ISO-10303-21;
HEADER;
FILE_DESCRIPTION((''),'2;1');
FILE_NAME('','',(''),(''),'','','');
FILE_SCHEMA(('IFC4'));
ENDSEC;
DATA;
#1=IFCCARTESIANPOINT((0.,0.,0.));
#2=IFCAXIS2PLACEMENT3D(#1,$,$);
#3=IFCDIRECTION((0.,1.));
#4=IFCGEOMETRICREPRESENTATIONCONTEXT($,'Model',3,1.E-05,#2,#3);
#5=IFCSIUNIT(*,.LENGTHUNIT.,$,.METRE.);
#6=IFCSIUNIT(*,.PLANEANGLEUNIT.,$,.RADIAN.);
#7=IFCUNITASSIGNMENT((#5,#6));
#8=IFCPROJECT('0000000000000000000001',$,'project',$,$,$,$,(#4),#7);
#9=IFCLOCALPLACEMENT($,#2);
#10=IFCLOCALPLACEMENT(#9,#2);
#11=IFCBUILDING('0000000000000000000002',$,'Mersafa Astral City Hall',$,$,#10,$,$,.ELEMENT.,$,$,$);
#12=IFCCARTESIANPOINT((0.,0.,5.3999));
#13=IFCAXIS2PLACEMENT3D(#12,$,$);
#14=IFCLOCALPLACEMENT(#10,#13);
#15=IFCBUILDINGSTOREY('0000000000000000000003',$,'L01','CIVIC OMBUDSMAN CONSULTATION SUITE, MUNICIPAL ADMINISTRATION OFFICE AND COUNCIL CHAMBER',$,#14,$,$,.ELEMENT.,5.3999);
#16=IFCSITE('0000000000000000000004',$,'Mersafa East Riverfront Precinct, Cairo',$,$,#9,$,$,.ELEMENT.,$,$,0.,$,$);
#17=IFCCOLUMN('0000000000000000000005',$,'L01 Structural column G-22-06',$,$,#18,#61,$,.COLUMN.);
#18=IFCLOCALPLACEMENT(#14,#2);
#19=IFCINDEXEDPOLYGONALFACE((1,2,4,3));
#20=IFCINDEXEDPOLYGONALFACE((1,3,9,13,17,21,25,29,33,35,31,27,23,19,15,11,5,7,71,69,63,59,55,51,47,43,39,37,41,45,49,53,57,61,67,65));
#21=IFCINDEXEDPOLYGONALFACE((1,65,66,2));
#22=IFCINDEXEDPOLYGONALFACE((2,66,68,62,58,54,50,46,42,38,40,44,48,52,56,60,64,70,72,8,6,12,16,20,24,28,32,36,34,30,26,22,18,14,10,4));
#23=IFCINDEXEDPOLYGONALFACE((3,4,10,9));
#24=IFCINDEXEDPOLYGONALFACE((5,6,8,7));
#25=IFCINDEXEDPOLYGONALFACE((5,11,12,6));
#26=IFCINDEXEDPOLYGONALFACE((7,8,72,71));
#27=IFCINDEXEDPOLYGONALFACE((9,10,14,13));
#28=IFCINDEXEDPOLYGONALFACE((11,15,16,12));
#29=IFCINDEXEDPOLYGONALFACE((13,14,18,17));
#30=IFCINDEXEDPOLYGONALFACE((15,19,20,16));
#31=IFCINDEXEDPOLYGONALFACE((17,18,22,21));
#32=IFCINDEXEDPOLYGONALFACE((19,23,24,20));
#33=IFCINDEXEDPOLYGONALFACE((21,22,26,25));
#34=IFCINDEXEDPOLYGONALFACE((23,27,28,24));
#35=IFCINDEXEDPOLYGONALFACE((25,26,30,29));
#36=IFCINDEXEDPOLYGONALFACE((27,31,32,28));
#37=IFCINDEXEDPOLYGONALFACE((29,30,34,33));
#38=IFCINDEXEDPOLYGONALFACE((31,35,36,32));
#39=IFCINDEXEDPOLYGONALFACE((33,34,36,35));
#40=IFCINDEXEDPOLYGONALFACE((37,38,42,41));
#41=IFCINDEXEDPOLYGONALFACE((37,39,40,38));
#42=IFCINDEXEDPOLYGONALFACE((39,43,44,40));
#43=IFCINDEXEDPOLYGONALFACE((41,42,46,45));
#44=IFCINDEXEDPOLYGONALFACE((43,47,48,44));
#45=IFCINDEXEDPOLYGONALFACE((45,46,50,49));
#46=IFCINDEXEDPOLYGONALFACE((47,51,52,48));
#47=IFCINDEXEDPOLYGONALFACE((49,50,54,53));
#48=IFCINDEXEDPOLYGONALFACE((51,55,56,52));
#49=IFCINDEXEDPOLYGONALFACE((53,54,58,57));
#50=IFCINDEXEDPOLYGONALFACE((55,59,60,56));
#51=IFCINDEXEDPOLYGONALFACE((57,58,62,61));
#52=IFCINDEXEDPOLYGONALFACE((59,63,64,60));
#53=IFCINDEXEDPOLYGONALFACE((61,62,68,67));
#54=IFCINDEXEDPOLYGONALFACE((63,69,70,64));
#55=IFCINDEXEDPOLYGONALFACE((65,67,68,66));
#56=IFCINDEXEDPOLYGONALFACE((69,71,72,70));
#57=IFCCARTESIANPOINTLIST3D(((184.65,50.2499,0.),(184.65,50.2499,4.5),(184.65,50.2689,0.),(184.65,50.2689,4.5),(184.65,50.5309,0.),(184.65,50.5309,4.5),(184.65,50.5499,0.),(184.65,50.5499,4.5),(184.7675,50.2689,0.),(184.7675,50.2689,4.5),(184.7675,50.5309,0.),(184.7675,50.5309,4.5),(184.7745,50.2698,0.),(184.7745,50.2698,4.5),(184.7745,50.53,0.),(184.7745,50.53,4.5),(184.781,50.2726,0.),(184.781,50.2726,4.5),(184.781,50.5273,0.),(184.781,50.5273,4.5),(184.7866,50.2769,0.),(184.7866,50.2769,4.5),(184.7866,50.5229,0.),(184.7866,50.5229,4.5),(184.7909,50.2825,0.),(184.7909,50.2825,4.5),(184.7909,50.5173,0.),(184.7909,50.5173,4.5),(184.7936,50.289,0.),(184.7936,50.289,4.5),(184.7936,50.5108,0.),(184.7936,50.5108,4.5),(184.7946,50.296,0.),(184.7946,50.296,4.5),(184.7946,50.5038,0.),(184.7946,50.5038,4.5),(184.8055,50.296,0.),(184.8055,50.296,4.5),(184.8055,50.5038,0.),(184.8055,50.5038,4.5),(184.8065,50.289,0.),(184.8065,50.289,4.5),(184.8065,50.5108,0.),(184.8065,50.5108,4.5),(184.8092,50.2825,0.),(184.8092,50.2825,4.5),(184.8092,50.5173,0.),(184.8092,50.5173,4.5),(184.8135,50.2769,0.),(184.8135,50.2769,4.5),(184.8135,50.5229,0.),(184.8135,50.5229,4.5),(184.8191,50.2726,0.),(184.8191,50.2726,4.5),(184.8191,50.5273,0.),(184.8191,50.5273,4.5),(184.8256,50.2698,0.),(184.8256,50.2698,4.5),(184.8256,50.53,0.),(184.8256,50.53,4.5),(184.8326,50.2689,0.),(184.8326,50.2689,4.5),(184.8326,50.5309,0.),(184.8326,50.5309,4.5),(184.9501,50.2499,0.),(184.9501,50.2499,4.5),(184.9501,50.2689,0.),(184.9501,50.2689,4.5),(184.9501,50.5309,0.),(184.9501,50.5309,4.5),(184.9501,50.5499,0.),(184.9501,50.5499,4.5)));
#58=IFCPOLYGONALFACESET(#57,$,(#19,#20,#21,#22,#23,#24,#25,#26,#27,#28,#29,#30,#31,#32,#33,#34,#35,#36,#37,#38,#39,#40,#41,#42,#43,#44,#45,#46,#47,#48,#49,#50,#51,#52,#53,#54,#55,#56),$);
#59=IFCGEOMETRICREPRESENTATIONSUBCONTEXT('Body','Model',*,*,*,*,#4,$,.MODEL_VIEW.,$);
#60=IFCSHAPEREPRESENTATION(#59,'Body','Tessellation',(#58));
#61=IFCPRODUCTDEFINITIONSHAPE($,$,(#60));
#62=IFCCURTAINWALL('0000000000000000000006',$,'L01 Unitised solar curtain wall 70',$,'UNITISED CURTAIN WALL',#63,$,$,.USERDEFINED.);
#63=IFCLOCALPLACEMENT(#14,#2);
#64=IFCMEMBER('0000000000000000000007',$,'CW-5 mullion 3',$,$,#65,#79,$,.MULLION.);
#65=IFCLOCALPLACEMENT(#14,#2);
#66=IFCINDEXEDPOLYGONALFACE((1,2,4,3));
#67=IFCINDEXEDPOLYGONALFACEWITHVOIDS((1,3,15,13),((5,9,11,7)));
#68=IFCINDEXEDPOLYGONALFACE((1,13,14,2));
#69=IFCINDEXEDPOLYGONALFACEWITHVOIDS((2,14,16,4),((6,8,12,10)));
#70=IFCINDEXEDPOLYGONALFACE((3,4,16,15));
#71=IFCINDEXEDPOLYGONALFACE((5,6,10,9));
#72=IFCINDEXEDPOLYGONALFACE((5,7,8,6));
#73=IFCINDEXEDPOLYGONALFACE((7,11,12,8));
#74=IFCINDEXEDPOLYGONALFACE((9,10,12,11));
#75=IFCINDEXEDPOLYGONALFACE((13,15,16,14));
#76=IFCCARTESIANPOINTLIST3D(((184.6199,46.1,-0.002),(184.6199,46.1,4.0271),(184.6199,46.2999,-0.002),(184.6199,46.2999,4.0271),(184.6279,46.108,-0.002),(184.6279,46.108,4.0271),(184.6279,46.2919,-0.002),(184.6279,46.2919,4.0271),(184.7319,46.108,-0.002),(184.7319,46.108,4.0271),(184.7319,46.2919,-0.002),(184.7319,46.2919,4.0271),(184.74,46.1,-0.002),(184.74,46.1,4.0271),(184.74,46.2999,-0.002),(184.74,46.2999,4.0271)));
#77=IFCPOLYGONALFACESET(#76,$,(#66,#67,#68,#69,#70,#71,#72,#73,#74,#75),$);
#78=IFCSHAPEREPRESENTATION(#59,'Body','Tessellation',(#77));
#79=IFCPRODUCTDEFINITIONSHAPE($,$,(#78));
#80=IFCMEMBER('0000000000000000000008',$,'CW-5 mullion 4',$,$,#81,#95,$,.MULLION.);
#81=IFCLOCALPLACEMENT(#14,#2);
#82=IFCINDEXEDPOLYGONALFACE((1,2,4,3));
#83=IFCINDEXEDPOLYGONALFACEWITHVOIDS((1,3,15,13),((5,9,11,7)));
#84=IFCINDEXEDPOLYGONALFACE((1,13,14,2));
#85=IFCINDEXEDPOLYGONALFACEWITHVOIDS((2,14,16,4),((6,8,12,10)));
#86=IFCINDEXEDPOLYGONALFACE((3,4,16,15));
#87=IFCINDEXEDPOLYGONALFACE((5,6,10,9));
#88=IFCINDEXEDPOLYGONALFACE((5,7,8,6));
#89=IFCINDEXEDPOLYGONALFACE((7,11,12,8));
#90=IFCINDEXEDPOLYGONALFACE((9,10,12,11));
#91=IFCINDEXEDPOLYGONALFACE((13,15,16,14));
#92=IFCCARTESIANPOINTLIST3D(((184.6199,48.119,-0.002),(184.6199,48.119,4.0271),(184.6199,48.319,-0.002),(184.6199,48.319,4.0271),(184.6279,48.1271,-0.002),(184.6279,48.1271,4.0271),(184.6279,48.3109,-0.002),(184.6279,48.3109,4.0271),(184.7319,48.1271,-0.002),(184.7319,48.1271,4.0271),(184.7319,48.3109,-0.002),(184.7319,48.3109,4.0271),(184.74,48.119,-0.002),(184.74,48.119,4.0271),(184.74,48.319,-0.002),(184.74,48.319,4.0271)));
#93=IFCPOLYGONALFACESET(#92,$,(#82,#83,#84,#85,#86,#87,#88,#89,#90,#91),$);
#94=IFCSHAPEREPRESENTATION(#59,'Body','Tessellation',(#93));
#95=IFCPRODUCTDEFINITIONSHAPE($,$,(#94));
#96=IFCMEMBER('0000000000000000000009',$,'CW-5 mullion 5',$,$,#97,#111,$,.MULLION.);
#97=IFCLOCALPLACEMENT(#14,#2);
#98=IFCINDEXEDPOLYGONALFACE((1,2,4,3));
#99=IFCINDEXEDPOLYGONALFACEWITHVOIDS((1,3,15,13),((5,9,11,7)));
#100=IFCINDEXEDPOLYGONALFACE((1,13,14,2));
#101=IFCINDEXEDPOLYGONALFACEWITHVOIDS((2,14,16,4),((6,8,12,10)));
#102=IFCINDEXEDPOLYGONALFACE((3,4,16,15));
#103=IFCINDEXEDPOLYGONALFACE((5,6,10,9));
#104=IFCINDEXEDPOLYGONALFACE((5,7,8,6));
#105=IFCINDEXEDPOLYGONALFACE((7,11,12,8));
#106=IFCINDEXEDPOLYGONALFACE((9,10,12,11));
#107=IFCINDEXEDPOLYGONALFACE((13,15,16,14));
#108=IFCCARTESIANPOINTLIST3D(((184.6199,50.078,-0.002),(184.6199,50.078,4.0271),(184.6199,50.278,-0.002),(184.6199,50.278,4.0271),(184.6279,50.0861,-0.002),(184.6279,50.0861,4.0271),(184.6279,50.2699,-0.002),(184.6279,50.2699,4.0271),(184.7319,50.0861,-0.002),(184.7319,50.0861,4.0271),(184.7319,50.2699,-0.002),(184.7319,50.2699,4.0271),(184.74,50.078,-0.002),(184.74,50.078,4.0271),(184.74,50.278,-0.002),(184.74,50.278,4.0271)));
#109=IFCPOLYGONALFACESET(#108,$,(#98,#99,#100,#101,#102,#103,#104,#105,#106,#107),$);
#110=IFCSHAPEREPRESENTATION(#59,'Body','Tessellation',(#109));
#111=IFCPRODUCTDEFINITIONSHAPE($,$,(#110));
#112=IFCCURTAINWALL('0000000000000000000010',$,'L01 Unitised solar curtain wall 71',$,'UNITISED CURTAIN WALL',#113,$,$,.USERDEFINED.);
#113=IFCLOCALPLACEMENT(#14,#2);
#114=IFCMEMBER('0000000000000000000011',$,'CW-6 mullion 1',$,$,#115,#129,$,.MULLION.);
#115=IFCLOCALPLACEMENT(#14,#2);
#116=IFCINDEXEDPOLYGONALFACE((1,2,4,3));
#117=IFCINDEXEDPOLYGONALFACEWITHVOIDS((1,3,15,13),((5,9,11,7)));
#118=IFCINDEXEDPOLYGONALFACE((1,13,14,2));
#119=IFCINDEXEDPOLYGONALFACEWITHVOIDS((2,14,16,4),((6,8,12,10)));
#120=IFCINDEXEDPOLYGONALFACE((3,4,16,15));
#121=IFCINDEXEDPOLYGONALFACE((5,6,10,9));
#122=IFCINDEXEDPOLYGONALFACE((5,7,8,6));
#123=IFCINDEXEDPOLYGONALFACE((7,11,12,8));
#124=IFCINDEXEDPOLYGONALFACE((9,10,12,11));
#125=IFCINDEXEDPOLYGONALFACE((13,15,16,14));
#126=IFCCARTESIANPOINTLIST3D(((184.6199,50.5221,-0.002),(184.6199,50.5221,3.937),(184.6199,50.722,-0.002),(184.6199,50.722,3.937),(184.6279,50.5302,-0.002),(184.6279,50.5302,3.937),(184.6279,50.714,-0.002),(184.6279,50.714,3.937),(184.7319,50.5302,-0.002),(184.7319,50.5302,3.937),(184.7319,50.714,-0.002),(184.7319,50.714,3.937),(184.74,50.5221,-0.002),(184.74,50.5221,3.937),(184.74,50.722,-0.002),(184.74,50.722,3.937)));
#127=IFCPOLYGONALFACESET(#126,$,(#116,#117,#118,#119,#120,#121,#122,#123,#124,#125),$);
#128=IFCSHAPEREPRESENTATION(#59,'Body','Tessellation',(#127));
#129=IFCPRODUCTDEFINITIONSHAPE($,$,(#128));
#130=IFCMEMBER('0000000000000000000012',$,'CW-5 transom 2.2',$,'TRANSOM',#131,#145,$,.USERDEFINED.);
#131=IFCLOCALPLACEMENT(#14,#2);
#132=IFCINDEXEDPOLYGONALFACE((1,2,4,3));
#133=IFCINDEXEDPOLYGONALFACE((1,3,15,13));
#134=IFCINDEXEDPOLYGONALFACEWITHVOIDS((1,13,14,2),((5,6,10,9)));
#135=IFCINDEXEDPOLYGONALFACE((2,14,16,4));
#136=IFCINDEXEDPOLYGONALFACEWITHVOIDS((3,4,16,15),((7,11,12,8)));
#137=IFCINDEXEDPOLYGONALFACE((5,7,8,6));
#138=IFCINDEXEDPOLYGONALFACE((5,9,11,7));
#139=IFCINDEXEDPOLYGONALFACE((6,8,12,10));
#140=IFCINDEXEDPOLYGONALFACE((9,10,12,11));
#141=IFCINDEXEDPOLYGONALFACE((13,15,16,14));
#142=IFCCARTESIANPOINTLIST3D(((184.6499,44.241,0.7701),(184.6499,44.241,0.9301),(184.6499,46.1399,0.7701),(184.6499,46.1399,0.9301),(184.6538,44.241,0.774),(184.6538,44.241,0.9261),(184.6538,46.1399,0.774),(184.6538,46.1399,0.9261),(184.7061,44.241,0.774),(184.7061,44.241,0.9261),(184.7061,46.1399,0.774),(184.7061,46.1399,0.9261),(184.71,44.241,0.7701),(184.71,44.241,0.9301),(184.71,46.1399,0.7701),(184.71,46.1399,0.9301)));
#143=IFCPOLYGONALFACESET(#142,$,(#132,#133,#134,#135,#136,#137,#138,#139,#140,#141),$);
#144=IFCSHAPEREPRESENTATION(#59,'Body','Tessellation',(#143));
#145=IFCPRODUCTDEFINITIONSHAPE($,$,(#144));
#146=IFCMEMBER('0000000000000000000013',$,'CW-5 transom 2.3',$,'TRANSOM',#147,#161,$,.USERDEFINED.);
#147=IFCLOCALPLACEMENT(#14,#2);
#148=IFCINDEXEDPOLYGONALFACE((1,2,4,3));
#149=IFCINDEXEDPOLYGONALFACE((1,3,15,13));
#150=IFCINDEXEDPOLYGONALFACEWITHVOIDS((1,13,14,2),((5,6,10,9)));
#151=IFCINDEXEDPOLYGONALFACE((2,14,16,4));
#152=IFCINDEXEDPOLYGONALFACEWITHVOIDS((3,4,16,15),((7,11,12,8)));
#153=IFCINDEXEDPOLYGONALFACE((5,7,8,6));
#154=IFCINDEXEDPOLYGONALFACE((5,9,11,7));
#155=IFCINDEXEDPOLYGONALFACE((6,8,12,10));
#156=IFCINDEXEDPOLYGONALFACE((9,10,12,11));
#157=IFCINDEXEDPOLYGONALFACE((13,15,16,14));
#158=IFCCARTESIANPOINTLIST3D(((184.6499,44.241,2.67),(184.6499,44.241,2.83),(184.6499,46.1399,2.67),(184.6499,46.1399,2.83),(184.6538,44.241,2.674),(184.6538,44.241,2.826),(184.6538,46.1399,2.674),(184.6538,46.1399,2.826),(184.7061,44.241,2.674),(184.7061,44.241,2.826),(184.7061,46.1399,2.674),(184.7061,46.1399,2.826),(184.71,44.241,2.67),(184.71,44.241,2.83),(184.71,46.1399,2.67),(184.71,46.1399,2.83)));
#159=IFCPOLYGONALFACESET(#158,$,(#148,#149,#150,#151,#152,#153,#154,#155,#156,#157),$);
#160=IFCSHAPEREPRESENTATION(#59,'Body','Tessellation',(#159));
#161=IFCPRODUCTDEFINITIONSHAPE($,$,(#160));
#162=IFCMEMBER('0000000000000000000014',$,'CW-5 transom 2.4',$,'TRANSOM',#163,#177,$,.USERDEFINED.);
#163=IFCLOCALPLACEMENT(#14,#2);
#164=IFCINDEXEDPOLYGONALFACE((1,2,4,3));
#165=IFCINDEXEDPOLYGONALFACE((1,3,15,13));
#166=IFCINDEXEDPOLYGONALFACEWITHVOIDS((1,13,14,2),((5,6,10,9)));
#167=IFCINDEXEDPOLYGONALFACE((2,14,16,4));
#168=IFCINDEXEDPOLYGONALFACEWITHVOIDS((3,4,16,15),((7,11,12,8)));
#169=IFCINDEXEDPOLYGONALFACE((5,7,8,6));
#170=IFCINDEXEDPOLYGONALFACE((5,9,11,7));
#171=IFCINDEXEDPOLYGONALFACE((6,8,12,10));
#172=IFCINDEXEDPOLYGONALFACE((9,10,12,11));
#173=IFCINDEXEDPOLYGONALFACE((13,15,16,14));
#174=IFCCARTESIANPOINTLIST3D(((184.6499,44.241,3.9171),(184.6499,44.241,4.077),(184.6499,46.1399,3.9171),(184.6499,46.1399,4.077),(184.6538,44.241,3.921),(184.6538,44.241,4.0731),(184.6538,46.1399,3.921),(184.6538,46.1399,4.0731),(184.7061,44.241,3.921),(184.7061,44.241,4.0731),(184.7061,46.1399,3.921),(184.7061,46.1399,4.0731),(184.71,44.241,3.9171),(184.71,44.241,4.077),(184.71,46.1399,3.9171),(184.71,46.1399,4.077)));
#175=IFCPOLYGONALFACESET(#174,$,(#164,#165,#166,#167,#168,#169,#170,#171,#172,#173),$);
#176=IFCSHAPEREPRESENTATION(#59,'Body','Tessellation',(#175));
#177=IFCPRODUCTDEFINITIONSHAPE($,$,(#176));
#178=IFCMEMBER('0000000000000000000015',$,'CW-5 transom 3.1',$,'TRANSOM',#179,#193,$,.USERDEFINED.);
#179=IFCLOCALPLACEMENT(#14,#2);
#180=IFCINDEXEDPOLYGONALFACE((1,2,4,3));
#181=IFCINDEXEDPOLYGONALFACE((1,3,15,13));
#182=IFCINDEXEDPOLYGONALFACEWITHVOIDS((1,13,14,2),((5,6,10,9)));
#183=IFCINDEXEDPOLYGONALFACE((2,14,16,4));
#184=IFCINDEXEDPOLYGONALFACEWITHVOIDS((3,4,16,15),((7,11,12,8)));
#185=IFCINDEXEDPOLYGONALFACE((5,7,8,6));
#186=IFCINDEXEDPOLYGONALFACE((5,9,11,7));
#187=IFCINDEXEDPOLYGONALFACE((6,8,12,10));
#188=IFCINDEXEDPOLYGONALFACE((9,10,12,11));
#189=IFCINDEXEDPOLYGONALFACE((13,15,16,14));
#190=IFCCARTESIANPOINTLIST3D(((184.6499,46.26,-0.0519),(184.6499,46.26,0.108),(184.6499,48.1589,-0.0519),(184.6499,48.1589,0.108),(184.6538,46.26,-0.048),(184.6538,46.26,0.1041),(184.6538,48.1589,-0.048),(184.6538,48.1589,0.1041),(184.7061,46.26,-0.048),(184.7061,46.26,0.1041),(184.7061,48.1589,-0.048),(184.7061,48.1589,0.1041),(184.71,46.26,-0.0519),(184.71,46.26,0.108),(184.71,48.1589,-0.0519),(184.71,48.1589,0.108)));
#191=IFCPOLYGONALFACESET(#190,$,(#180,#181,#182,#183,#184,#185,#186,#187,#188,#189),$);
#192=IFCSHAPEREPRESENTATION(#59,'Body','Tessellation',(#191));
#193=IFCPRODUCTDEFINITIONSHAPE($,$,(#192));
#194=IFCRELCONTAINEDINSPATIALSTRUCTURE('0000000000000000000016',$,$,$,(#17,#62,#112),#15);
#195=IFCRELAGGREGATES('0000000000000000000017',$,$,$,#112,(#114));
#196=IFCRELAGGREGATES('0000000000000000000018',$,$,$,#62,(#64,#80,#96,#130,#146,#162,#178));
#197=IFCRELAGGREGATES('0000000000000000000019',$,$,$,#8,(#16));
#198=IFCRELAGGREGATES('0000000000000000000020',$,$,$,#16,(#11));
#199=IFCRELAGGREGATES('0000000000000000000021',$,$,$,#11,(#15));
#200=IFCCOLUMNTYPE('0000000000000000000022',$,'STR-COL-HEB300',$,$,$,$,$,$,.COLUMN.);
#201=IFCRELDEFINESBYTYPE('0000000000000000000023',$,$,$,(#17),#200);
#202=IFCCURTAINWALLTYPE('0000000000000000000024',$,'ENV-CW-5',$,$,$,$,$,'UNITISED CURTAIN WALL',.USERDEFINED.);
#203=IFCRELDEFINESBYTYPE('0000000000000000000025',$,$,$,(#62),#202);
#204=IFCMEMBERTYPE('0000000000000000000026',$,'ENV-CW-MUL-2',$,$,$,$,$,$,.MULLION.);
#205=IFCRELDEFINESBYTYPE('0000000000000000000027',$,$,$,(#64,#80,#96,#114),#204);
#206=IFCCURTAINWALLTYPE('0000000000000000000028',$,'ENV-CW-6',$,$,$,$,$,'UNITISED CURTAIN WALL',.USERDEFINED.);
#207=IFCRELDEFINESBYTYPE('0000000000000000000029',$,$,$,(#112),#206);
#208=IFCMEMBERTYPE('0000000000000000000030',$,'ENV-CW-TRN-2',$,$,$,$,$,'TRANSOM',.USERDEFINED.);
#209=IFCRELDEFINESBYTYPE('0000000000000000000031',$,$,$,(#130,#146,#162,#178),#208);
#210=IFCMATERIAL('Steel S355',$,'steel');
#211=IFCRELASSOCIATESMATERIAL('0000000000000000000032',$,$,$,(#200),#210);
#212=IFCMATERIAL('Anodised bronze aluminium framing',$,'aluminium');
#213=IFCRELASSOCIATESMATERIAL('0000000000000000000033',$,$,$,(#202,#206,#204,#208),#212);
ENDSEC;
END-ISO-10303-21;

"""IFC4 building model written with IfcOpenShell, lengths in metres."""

from ifc_helpers import new_model, si_unit, direction, frame, origin, origin_2d, place, context, subcontext, project, spatial, hollow_rectangle, i_section, extrude, material, material_profile, profile_set, type_object, element, aggregate, save


model = new_model("IFC4")

# Units and contexts
model_context = context("Model", 3, precision=1e-05, world=origin(), true_north=direction((0.0, 1.0)))
body_context = subcontext(model_context, "Body", "Model", "MODEL_VIEW")
ifc_project = project(units=[si_unit("LENGTHUNIT", "METRE"), si_unit("PLANEANGLEUNIT", "RADIAN")], contexts=[model_context])

# Site, building, storey
site_placement = place(None, origin())
site = spatial("IfcSite", under=ifc_project, at=site_placement, Name="Mersafa East Riverfront Precinct, Cairo", CompositionType="ELEMENT", RefElevation=0.0)
building_placement = place(site_placement, origin())
building = spatial("IfcBuilding", under=site, at=building_placement, Name="Mersafa Astral City Hall", CompositionType="ELEMENT")
storey_placement = place(building_placement, frame((0.0, 0.0, 5.3999)))
storey = spatial("IfcBuildingStorey", under=building, at=storey_placement, Name="L01", Description="CIVIC OMBUDSMAN CONSULTATION SUITE, MUNICIPAL ADMINISTRATION OFFICE AND COUNCIL CHAMBER", CompositionType="ELEMENT", Elevation=5.3999)

# Column
ifc_material_1 = material(Name="Steel S355", Category="steel")
ifc_material_profile_1 = material_profile(ifc_material_1, i_section(OverallWidth=0.3, OverallDepth=0.3, WebThickness=0.011, FlangeThickness=0.019, FilletRadius=0.0271, at=origin_2d()), Name="HEB 300")
ifc_profile_set_1 = profile_set([ifc_material_profile_1], Name="Steel S355")
column_type = type_object("IfcColumnType", Name="STR-COL-HEB300", PredefinedType="COLUMN", material=ifc_profile_set_1)
column_placement = place(storey_placement, frame((184.8, 50.3999, 0.0), z_axis=(0.0, 0.0, 1.0), x_axis=(1.0, 0.0, 0.0)))
element("IfcColumn", 1, at=column_placement, inside=storey, type_object=column_type, Name="L01 Structural column G-22-06", PredefinedType="COLUMN", context=body_context, shape_type="SweptSolid", body=[
    extrude(i_section(OverallWidth=0.3, OverallDepth=0.3, WebThickness=0.011, FlangeThickness=0.019, FilletRadius=0.0271, at=origin_2d()), origin(), (0.0, 0.0, 1.0), 4.5),
])

# Curtain wall, members
ifc_material_2 = material(Name="Anodised bronze aluminium framing", Category="aluminium")
curtain_wall_type_1 = type_object("IfcCurtainWallType", Name="ENV-CW-5", ElementType="UNITISED CURTAIN WALL", PredefinedType="USERDEFINED", material=ifc_material_2)
curtain_wall_1_placement = place(storey_placement, origin())
curtain_wall_1 = element("IfcCurtainWall", 2, at=curtain_wall_1_placement, inside=storey, type_object=curtain_wall_type_1, Name="L01 Unitised solar curtain wall 70", ObjectType="UNITISED CURTAIN WALL", PredefinedType="USERDEFINED")
ifc_material_profile_2 = material_profile(ifc_material_2, hollow_rectangle(XDim=0.1201, YDim=0.2, WallThickness=0.0081, at=origin_2d()), Name="RHS 120x200x8")
ifc_profile_set_2 = profile_set([ifc_material_profile_2], Name="Anodised bronze aluminium framing")
member_type_1 = type_object("IfcMemberType", Name="ENV-CW-MUL-2", PredefinedType="MULLION", material=ifc_profile_set_2)
member_1_placement = place(storey_placement, frame((184.6799, 46.2, -0.002), z_axis=(0.0, 0.0, 1.0), x_axis=(-1.0, 0.0, 0.0)))
member_1 = element("IfcMember", 3, at=member_1_placement, type_object=member_type_1, Name="CW-5 mullion 3", PredefinedType="MULLION", context=body_context, shape_type="SweptSolid", body=[
    extrude(hollow_rectangle(XDim=0.1201, YDim=0.2, WallThickness=0.0081, at=origin_2d()), origin(), (0.0, 0.0, 1.0), 4.0291),
])
member_2_placement = place(storey_placement, frame((184.6799, 48.219, -0.002), z_axis=(0.0, 0.0, 1.0), x_axis=(-1.0, 0.0, 0.0)))
member_2 = element("IfcMember", 4, at=member_2_placement, type_object=member_type_1, Name="CW-5 mullion 4", PredefinedType="MULLION", context=body_context, shape_type="SweptSolid", body=[
    extrude(hollow_rectangle(XDim=0.1201, YDim=0.2, WallThickness=0.0081, at=origin_2d()), origin(), (0.0, 0.0, 1.0), 4.0291),
])
member_3_placement = place(storey_placement, frame((184.6799, 50.178, -0.002), z_axis=(0.0, 0.0, 1.0), x_axis=(-1.0, 0.0, 0.0)))
member_3 = element("IfcMember", 5, at=member_3_placement, type_object=member_type_1, Name="CW-5 mullion 5", PredefinedType="MULLION", context=body_context, shape_type="SweptSolid", body=[
    extrude(hollow_rectangle(XDim=0.1201, YDim=0.2, WallThickness=0.0081, at=origin_2d()), origin(), (0.0, 0.0, 1.0), 4.0291),
])

# Curtain wall, member
curtain_wall_type_2 = type_object("IfcCurtainWallType", Name="ENV-CW-6", ElementType="UNITISED CURTAIN WALL", PredefinedType="USERDEFINED", material=ifc_material_2)
curtain_wall_2_placement = place(storey_placement, origin())
curtain_wall_2 = element("IfcCurtainWall", 6, at=curtain_wall_2_placement, inside=storey, type_object=curtain_wall_type_2, Name="L01 Unitised solar curtain wall 71", ObjectType="UNITISED CURTAIN WALL", PredefinedType="USERDEFINED")
member_4_placement = place(storey_placement, frame((184.6799, 50.6221, -0.002), z_axis=(0.0, 0.0, 1.0), x_axis=(-1.0, 0.0, 0.0)))
member_4 = element("IfcMember", 7, at=member_4_placement, type_object=member_type_1, Name="CW-6 mullion 1", PredefinedType="MULLION", context=body_context, shape_type="SweptSolid", body=[
    extrude(hollow_rectangle(XDim=0.1201, YDim=0.2, WallThickness=0.0081, at=origin_2d()), origin(), (0.0, 0.0, 1.0), 3.939),
])
aggregate(curtain_wall_2, [member_4])

# Members
ifc_material_profile_3 = material_profile(ifc_material_2, hollow_rectangle(XDim=0.0601, YDim=0.1599, WallThickness=0.0039, at=origin_2d()), Name="RHS 60x160x4")
ifc_profile_set_3 = profile_set([ifc_material_profile_3], Name="Anodised bronze aluminium framing")
member_type_2 = type_object("IfcMemberType", Name="ENV-CW-TRN-2", ElementType="TRANSOM", PredefinedType="USERDEFINED", material=ifc_profile_set_3)
member_5_placement = place(storey_placement, frame((184.6799, 44.241, 0.8501), z_axis=(0.0, 1.0, 0.0), x_axis=(-1.0, 0.0, 0.0)))
member_5 = element("IfcMember", 8, at=member_5_placement, type_object=member_type_2, Name="CW-5 transom 2.2", ObjectType="TRANSOM", PredefinedType="USERDEFINED", context=body_context, shape_type="SweptSolid", body=[
    extrude(hollow_rectangle(XDim=0.0601, YDim=0.1599, WallThickness=0.0039, at=origin_2d()), origin(), (0.0, 0.0, 1.0), 1.8989),
])
member_6_placement = place(storey_placement, frame((184.6799, 44.241, 2.75), z_axis=(0.0, 1.0, 0.0), x_axis=(-1.0, 0.0, 0.0)))
member_6 = element("IfcMember", 9, at=member_6_placement, type_object=member_type_2, Name="CW-5 transom 2.3", ObjectType="TRANSOM", PredefinedType="USERDEFINED", context=body_context, shape_type="SweptSolid", body=[
    extrude(hollow_rectangle(XDim=0.0601, YDim=0.1599, WallThickness=0.0039, at=origin_2d()), origin(), (0.0, 0.0, 1.0), 1.8989),
])
member_7_placement = place(storey_placement, frame((184.6799, 44.241, 3.9971), z_axis=(0.0, 1.0, 0.0), x_axis=(-1.0, 0.0, 0.0)))
member_7 = element("IfcMember", 10, at=member_7_placement, type_object=member_type_2, Name="CW-5 transom 2.4", ObjectType="TRANSOM", PredefinedType="USERDEFINED", context=body_context, shape_type="SweptSolid", body=[
    extrude(hollow_rectangle(XDim=0.0601, YDim=0.1599, WallThickness=0.0039, at=origin_2d()), origin(), (0.0, 0.0, 1.0), 1.8989),
])
member_8_placement = place(storey_placement, frame((184.6799, 46.26, 0.0281), z_axis=(0.0, 1.0, 0.0), x_axis=(-1.0, 0.0, 0.0)))
member_8 = element("IfcMember", 11, at=member_8_placement, type_object=member_type_2, Name="CW-5 transom 3.1", ObjectType="TRANSOM", PredefinedType="USERDEFINED", context=body_context, shape_type="SweptSolid", body=[
    extrude(hollow_rectangle(XDim=0.0601, YDim=0.1599, WallThickness=0.0039, at=origin_2d()), origin(), (0.0, 0.0, 1.0), 1.8989),
])

aggregate(curtain_wall_1, [member_1, member_2, member_3, member_5, member_6, member_7, member_8])

save(model, "model.ifc")
